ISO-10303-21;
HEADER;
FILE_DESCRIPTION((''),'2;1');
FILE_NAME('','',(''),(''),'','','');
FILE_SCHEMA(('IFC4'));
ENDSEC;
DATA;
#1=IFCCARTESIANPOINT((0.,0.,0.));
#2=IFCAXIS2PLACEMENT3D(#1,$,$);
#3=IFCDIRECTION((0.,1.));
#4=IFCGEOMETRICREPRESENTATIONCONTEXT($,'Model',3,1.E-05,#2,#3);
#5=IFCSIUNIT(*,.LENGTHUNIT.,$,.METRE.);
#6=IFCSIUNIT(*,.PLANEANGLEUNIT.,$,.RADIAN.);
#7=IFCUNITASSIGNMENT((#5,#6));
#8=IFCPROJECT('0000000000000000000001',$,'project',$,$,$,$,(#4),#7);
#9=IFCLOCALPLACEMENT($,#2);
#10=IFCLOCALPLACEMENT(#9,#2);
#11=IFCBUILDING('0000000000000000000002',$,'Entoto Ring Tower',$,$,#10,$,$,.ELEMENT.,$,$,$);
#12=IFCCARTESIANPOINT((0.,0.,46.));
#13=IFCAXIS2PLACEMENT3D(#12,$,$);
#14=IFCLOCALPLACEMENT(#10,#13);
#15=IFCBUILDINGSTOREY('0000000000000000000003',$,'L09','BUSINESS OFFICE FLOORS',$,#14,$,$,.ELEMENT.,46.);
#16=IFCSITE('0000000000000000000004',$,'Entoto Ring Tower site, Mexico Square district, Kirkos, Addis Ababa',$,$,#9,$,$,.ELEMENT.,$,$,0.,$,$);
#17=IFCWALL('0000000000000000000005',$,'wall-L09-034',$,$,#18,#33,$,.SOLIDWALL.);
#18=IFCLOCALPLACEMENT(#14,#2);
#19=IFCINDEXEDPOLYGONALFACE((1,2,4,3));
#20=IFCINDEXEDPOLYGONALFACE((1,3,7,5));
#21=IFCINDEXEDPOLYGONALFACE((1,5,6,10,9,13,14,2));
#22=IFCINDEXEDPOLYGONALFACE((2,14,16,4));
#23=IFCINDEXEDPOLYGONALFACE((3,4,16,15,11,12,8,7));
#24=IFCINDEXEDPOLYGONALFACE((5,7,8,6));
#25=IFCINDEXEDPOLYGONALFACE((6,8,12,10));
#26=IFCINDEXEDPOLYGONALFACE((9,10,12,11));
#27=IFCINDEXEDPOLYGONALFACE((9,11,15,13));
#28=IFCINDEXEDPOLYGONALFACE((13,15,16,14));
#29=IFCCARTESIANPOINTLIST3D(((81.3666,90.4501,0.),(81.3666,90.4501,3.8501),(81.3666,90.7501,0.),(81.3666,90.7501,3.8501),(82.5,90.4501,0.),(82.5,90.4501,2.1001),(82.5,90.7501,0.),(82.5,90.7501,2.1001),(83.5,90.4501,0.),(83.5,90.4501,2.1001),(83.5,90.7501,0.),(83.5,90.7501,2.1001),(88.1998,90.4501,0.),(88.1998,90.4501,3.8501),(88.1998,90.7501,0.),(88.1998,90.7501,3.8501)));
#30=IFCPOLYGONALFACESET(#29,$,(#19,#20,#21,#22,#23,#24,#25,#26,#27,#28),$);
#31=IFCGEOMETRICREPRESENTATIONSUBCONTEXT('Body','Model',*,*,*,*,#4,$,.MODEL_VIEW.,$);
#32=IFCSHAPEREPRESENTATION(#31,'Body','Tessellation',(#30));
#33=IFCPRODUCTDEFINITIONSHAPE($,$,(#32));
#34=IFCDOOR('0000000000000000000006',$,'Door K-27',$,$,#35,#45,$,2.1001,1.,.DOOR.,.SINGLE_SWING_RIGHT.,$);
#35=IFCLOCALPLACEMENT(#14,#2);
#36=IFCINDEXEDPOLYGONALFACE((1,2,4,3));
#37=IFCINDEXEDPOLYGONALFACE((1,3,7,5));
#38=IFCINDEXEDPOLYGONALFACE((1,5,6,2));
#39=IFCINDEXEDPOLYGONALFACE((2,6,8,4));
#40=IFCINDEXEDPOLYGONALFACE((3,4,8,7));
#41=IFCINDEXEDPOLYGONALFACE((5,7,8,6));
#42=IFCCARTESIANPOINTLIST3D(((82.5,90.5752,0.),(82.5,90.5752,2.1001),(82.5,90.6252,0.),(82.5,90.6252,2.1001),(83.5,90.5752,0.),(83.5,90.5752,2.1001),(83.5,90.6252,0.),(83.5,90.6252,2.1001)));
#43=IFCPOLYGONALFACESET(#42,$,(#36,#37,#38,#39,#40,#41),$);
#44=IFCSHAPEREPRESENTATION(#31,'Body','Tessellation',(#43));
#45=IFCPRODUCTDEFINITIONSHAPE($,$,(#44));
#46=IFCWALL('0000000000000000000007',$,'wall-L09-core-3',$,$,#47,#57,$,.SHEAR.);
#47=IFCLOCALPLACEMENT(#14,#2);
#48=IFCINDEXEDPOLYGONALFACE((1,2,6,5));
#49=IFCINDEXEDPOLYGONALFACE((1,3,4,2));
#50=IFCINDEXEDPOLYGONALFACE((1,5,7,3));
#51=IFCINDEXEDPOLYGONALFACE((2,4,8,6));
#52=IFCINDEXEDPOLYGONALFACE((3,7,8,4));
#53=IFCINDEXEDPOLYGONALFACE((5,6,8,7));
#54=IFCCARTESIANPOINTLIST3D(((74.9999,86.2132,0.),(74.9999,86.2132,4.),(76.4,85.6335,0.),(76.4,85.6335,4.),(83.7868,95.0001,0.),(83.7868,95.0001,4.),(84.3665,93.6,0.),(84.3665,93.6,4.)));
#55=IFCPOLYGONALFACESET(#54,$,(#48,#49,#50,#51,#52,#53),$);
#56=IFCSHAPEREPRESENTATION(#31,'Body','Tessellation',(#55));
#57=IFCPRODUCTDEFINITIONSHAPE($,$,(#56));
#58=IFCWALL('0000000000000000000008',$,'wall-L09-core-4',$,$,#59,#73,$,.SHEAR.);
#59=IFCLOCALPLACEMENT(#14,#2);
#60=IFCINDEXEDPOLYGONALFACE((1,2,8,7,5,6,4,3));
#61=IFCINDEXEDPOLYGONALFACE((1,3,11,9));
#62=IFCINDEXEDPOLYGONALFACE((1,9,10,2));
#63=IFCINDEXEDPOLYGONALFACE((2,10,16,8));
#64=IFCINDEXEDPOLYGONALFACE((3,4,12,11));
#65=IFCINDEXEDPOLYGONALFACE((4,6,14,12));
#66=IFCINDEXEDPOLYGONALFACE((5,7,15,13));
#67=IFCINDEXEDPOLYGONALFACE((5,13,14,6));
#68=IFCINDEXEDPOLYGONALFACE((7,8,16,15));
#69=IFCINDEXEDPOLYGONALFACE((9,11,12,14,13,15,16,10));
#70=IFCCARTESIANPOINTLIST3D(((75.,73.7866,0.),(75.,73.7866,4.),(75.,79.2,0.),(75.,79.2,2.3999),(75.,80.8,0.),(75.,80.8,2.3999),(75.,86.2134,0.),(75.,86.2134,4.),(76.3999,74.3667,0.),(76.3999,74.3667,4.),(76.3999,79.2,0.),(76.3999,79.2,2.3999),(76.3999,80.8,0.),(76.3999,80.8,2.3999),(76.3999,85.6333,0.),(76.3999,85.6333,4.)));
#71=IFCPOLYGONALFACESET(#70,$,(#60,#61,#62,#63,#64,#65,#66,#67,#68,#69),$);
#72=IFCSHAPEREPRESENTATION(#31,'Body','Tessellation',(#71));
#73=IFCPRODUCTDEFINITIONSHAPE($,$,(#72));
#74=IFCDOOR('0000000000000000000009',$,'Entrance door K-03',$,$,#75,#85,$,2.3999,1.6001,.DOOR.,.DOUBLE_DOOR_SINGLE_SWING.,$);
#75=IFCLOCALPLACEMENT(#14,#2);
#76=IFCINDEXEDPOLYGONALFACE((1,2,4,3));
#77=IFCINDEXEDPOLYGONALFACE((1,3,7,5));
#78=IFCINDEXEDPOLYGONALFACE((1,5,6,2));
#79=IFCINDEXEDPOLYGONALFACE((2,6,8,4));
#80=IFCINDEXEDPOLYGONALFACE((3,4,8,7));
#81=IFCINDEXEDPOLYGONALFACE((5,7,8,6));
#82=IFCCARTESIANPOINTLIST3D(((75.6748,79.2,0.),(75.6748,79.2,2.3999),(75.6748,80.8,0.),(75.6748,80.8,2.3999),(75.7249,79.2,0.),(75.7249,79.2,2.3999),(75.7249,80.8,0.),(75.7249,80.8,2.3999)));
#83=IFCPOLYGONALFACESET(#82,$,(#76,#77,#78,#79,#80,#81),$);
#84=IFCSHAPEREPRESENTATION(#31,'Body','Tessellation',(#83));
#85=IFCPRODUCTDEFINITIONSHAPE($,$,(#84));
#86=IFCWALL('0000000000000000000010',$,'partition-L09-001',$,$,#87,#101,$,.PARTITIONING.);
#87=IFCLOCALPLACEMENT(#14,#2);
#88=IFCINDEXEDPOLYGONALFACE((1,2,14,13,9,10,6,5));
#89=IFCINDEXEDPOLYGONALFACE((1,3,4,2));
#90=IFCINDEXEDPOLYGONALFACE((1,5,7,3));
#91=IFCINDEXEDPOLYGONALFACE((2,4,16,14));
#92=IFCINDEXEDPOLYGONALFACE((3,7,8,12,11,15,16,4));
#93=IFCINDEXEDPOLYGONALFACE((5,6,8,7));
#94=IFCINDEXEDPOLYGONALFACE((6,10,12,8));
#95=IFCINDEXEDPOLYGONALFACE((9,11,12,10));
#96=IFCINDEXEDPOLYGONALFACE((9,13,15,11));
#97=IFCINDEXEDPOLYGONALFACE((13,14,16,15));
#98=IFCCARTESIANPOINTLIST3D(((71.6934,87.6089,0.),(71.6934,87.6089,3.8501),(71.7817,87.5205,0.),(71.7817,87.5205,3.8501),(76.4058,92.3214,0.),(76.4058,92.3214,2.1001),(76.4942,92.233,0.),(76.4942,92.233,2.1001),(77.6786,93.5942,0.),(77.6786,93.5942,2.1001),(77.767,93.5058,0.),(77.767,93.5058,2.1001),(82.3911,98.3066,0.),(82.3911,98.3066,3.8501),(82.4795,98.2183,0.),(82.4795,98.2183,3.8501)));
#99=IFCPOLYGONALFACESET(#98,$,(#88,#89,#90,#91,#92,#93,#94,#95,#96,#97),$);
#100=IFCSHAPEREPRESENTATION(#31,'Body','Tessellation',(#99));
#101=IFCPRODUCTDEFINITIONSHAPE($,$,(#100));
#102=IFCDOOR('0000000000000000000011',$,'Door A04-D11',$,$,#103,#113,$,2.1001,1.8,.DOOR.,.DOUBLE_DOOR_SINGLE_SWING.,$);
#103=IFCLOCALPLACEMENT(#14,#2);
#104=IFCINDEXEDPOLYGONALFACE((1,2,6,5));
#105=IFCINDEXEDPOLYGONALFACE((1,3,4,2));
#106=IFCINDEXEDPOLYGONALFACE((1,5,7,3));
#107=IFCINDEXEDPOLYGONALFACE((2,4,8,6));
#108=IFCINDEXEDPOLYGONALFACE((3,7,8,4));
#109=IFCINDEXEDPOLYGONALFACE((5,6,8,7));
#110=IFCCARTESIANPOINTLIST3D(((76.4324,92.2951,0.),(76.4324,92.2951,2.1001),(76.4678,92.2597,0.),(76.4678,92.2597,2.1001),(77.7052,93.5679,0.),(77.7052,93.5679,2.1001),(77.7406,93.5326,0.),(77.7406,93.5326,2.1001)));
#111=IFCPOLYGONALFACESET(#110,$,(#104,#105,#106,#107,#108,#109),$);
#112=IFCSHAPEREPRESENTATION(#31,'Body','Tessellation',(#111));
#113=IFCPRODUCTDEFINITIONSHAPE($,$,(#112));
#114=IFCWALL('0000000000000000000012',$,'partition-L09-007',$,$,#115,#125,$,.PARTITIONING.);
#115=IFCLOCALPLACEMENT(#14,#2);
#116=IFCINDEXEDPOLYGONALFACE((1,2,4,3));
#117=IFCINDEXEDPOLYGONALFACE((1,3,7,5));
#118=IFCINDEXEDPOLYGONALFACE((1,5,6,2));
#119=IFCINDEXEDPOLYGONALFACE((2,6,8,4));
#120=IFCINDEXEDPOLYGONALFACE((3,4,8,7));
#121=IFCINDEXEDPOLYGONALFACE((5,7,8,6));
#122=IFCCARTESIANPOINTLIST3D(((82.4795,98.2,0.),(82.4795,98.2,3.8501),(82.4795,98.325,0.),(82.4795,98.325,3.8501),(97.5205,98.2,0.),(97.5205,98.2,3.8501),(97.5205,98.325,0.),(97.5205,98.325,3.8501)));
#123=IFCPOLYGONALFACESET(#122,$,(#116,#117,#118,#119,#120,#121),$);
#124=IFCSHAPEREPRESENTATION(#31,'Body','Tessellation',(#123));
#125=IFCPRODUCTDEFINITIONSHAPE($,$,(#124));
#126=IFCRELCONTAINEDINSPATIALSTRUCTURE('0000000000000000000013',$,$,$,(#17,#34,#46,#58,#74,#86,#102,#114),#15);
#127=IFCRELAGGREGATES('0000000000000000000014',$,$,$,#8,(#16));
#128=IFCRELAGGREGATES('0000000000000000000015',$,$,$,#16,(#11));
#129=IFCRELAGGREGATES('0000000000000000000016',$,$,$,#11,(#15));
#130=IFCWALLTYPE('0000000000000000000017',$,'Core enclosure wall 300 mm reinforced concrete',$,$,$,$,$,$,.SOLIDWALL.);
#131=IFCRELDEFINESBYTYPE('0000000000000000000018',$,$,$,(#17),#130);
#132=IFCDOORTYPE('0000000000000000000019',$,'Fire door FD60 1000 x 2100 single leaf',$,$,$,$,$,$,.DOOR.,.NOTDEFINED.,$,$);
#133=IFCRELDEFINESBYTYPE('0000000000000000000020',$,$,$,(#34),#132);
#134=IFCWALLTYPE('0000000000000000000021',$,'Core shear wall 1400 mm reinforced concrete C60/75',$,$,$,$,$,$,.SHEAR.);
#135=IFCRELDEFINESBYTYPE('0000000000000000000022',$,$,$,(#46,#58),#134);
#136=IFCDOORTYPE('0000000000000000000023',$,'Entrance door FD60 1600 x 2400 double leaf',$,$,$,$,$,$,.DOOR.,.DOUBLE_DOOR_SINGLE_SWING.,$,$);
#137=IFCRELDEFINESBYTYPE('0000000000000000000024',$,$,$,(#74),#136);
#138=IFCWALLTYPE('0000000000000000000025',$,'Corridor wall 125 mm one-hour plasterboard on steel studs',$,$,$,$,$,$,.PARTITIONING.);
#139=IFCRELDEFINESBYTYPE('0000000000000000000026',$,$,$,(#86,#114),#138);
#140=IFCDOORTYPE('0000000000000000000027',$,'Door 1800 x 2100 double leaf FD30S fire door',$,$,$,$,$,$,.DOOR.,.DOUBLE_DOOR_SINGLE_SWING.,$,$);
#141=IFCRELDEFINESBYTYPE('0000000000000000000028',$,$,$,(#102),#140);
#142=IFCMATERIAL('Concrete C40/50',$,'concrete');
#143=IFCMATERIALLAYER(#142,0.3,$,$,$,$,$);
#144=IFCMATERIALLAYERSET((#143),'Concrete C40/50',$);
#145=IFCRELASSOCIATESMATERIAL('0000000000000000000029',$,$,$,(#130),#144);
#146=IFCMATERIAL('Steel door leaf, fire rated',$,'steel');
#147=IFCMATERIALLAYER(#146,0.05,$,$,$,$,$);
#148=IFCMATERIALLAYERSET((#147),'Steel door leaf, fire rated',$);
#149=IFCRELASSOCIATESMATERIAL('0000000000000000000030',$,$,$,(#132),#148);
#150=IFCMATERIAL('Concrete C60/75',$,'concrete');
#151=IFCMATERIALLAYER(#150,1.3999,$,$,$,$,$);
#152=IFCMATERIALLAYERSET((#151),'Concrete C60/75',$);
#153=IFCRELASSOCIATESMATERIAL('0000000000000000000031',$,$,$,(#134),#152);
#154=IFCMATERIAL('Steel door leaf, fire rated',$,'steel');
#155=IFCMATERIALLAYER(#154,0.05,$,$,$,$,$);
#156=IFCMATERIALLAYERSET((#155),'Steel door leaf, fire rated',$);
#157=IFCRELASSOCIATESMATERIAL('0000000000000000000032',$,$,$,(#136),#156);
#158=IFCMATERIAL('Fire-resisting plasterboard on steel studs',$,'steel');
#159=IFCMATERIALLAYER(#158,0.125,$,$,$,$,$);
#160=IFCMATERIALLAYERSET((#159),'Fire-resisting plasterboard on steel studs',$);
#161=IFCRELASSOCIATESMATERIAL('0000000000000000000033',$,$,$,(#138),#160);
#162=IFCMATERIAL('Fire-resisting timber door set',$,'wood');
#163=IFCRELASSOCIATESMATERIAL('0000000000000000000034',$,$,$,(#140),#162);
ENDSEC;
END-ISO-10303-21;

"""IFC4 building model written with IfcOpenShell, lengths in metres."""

from ifc_helpers import new_model, si_unit, direction, frame, frame_2d, origin, place, context, subcontext, project, spatial, polyline, rectangle, outline, extrude, material, layer, layer_set, type_object, element, fill, save


model = new_model("IFC4")

# Units and contexts
model_context = context("Model", 3, precision=1e-05, world=origin(), true_north=direction((0.0, 1.0)))
body_context = subcontext(model_context, "Body", "Model", "MODEL_VIEW")
ifc_project = project(units=[si_unit("LENGTHUNIT", "METRE"), si_unit("PLANEANGLEUNIT", "RADIAN")], contexts=[model_context])

# Site, building, storey
site_placement = place(None, origin())
site = spatial("IfcSite", under=ifc_project, at=site_placement, Name="Entoto Ring Tower site, Mexico Square district, Kirkos, Addis Ababa", CompositionType="ELEMENT", RefElevation=0.0)
building_placement = place(site_placement, origin())
building = spatial("IfcBuilding", under=site, at=building_placement, Name="Entoto Ring Tower", CompositionType="ELEMENT")
storey_placement = place(building_placement, frame((0.0, 0.0, 46.0)))
storey = spatial("IfcBuildingStorey", under=building, at=storey_placement, Name="L09", Description="BUSINESS OFFICE FLOORS", CompositionType="ELEMENT", Elevation=46.0)

# Shared definitions
ifc_material_1 = material(Name="Concrete C40/50", Category="concrete")
ifc_layer_1 = layer(ifc_material_1, 0.3)
ifc_layer_set_1 = layer_set([ifc_layer_1], Name="Concrete C40/50")
wall_type_1 = type_object("IfcWallType", Name="Core enclosure wall 300 mm reinforced concrete", PredefinedType="SOLIDWALL", material=ifc_layer_set_1)

# Wall, opening, door
wall_1_placement = place(storey_placement, frame((81.3667, 90.6001, 0.0), z_axis=(0.0, 0.0, 1.0), x_axis=(1.0, 0.0, 0.0)))
wall_1 = element("IfcWall", 1, at=wall_1_placement, inside=storey, type_object=wall_type_1, Name="wall-L09-034", PredefinedType="SOLIDWALL", context=body_context, shape_type="SweptSolid", body=[
    extrude(rectangle(XDim=6.8333, YDim=0.3, at=frame_2d((3.4165, 0.0))), origin(), (0.0, 0.0, 1.0), 3.8501),
])
opening_1_placement = place(wall_1_placement, frame((1.1333, 0.0, 0.0)))
opening_1 = element("IfcOpeningElement", 2, at=opening_1_placement, cuts=wall_1, PredefinedType="OPENING", context=body_context, shape_type="SweptSolid", body=[
    extrude(rectangle(XDim=1.0, YDim=2.1001, at=frame_2d((0.5, 1.05))), frame((0.0, 0.1602, 0.0), z_axis=(0.0, -1.0, 0.0), x_axis=(1.0, 0.0, 0.0)), (0.0, 0.0, 1.0), 0.3201),
])
ifc_material_2 = material(Name="Steel door leaf, fire rated", Category="steel")
ifc_layer_2 = layer(ifc_material_2, 0.05)
ifc_layer_set_2 = layer_set([ifc_layer_2], Name="Steel door leaf, fire rated")
door_type_1 = type_object("IfcDoorType", Name="Fire door FD60 1000 x 2100 single leaf", OperationType="NOTDEFINED", PredefinedType="DOOR", material=ifc_layer_set_2)
door_1_placement = place(opening_1_placement, frame((1.0, 0.0, 0.0), z_axis=(0.0, 0.0, 1.0), x_axis=(-1.0, 0.0, 0.0)))
door_1 = element("IfcDoor", 3, at=door_1_placement, inside=storey, type_object=door_type_1, Name="Door K-27", OperationType="SINGLE_SWING_RIGHT", OverallHeight=2.1001, OverallWidth=1.0, PredefinedType="DOOR", context=body_context, shape_type="SweptSolid", body=[
    extrude(rectangle(XDim=1.0, YDim=2.1001, at=frame_2d((0.5, 1.05))), frame((0.0, 0.0249, 0.0), z_axis=(0.0, -1.0, 0.0), x_axis=(1.0, 0.0, 0.0)), (0.0, 0.0, 1.0), 0.05),
])
fill(opening_1, door_1)

# Wall
ifc_material_3 = material(Name="Concrete C60/75", Category="concrete")
ifc_layer_3 = layer(ifc_material_3, 1.3999)
ifc_layer_set_3 = layer_set([ifc_layer_3], Name="Concrete C60/75")
wall_type_2 = type_object("IfcWallType", Name="Core shear wall 1400 mm reinforced concrete C60/75", PredefinedType="SHEAR", material=ifc_layer_set_3)
wall_2_placement = place(storey_placement, frame((84.0767, 94.3, 0.0), z_axis=(0.0, 0.0, 1.0), x_axis=(-0.707107, -0.707107, 0.0)))
element("IfcWall", 4, at=wall_2_placement, inside=storey, type_object=wall_type_2, Name="wall-L09-core-3", PredefinedType="SHEAR", context=body_context, shape_type="SweptSolid", body=[
    extrude(outline(polyline([(-0.29, -0.7), (12.1365, -0.7), (11.5564, 0.7), (0.29, 0.7), (-0.29, -0.7)])), origin(), (0.0, 0.0, 1.0), 4.0),
])

# Walls, openings, doors
wall_3_placement = place(storey_placement, frame((75.7, 85.9233, 0.0), z_axis=(0.0, 0.0, 1.0), x_axis=(0.0, -1.0, 0.0)))
wall_3 = element("IfcWall", 5, at=wall_3_placement, inside=storey, type_object=wall_type_2, Name="wall-L09-core-4", PredefinedType="SHEAR", context=body_context, shape_type="SweptSolid", body=[
    extrude(outline(polyline([(-0.29, -0.7), (12.1367, -0.7), (11.5566, 0.7), (0.29, 0.7), (-0.29, -0.7)])), origin(), (0.0, 0.0, 1.0), 4.0),
])
opening_2_placement = place(wall_3_placement, frame((5.1233, 0.0, 0.0)))
opening_2 = element("IfcOpeningElement", 6, at=opening_2_placement, cuts=wall_3, PredefinedType="OPENING", context=body_context, shape_type="SweptSolid", body=[
    extrude(rectangle(XDim=1.6001, YDim=2.3999, at=frame_2d((0.8, 1.2))), frame((0.0, 0.71, 0.0), z_axis=(0.0, -1.0, 0.0), x_axis=(1.0, 0.0, 0.0)), (0.0, 0.0, 1.0), 1.4199),
])
ifc_material_4 = material(Name="Steel door leaf, fire rated", Category="steel")
ifc_layer_4 = layer(ifc_material_4, 0.05)
ifc_layer_set_4 = layer_set([ifc_layer_4], Name="Steel door leaf, fire rated")
door_type_2 = type_object("IfcDoorType", Name="Entrance door FD60 1600 x 2400 double leaf", OperationType="DOUBLE_DOOR_SINGLE_SWING", PredefinedType="DOOR", material=ifc_layer_set_4)
door_2_placement = place(opening_2_placement, origin())
door_2 = element("IfcDoor", 7, at=door_2_placement, inside=storey, type_object=door_type_2, Name="Entrance door K-03", OperationType="DOUBLE_DOOR_SINGLE_SWING", OverallHeight=2.3999, OverallWidth=1.6001, PredefinedType="DOOR", context=body_context, shape_type="SweptSolid", body=[
    extrude(rectangle(XDim=1.6001, YDim=2.3999, at=frame_2d((0.8, 1.2))), frame((0.0, 0.0249, 0.0), z_axis=(0.0, -1.0, 0.0), x_axis=(1.0, 0.0, 0.0)), (0.0, 0.0, 1.0), 0.05),
])
fill(opening_2, door_2)
ifc_material_5 = material(Name="Fire-resisting plasterboard on steel studs", Category="steel")
ifc_layer_5 = layer(ifc_material_5, 0.125)
ifc_layer_set_5 = layer_set([ifc_layer_5], Name="Fire-resisting plasterboard on steel studs")
wall_type_3 = type_object("IfcWallType", Name="Corridor wall 125 mm one-hour plasterboard on steel studs", PredefinedType="PARTITIONING", material=ifc_layer_set_5)
wall_4_placement = place(storey_placement, frame((71.7375, 87.5647, 0.0), z_axis=(0.0, 0.0, 1.0), x_axis=(0.707107, 0.707107, 0.0)))
wall_4 = element("IfcWall", 8, at=wall_4_placement, inside=storey, type_object=wall_type_3, Name="partition-L09-001", PredefinedType="PARTITIONING", context=body_context, shape_type="SweptSolid", body=[
    extrude(rectangle(XDim=15.1289, YDim=0.125, at=frame_2d((7.5645, 0.0))), origin(), (0.0, 0.0, 1.0), 3.8501),
])
opening_3_placement = place(wall_4_placement, frame((6.6646, 0.0, 0.0)))
opening_3 = element("IfcOpeningElement", 9, at=opening_3_placement, cuts=wall_4, PredefinedType="OPENING", context=body_context, shape_type="SweptSolid", body=[
    extrude(rectangle(XDim=1.8, YDim=2.1001, at=frame_2d((0.8999, 1.05))), frame((0.0, 0.0725, 0.0), z_axis=(0.0, -1.0, 0.0), x_axis=(1.0, 0.0, 0.0)), (0.0, 0.0, 1.0), 0.145),
])
ifc_material_6 = material(Name="Fire-resisting timber door set", Category="wood")
door_type_3 = type_object("IfcDoorType", Name="Door 1800 x 2100 double leaf FD30S fire door", OperationType="DOUBLE_DOOR_SINGLE_SWING", PredefinedType="DOOR", material=ifc_material_6)
door_3_placement = place(opening_3_placement, frame((1.8, 0.0, 0.0), z_axis=(0.0, 0.0, 1.0), x_axis=(-1.0, 0.0, 0.0)))
door_3 = element("IfcDoor", 10, at=door_3_placement, inside=storey, type_object=door_type_3, Name="Door A04-D11", OperationType="DOUBLE_DOOR_SINGLE_SWING", OverallHeight=2.1001, OverallWidth=1.8, PredefinedType="DOOR", context=body_context, shape_type="SweptSolid", body=[
    extrude(rectangle(XDim=1.8, YDim=2.1001, at=frame_2d((0.8999, 1.05))), frame((0.0, 0.0249, 0.0), z_axis=(0.0, -1.0, 0.0), x_axis=(1.0, 0.0, 0.0)), (0.0, 0.0, 1.0), 0.05),
])
fill(opening_3, door_3)

# Wall
wall_5_placement = place(storey_placement, frame((82.4795, 98.2625, 0.0), z_axis=(0.0, 0.0, 1.0), x_axis=(1.0, 0.0, 0.0)))
element("IfcWall", 11, at=wall_5_placement, inside=storey, type_object=wall_type_3, Name="partition-L09-007", PredefinedType="PARTITIONING", context=body_context, shape_type="SweptSolid", body=[
    extrude(rectangle(XDim=15.041, YDim=0.125, at=frame_2d((7.5205, 0.0))), origin(), (0.0, 0.0, 1.0), 3.8501),
])

save(model, "model.ifc")
